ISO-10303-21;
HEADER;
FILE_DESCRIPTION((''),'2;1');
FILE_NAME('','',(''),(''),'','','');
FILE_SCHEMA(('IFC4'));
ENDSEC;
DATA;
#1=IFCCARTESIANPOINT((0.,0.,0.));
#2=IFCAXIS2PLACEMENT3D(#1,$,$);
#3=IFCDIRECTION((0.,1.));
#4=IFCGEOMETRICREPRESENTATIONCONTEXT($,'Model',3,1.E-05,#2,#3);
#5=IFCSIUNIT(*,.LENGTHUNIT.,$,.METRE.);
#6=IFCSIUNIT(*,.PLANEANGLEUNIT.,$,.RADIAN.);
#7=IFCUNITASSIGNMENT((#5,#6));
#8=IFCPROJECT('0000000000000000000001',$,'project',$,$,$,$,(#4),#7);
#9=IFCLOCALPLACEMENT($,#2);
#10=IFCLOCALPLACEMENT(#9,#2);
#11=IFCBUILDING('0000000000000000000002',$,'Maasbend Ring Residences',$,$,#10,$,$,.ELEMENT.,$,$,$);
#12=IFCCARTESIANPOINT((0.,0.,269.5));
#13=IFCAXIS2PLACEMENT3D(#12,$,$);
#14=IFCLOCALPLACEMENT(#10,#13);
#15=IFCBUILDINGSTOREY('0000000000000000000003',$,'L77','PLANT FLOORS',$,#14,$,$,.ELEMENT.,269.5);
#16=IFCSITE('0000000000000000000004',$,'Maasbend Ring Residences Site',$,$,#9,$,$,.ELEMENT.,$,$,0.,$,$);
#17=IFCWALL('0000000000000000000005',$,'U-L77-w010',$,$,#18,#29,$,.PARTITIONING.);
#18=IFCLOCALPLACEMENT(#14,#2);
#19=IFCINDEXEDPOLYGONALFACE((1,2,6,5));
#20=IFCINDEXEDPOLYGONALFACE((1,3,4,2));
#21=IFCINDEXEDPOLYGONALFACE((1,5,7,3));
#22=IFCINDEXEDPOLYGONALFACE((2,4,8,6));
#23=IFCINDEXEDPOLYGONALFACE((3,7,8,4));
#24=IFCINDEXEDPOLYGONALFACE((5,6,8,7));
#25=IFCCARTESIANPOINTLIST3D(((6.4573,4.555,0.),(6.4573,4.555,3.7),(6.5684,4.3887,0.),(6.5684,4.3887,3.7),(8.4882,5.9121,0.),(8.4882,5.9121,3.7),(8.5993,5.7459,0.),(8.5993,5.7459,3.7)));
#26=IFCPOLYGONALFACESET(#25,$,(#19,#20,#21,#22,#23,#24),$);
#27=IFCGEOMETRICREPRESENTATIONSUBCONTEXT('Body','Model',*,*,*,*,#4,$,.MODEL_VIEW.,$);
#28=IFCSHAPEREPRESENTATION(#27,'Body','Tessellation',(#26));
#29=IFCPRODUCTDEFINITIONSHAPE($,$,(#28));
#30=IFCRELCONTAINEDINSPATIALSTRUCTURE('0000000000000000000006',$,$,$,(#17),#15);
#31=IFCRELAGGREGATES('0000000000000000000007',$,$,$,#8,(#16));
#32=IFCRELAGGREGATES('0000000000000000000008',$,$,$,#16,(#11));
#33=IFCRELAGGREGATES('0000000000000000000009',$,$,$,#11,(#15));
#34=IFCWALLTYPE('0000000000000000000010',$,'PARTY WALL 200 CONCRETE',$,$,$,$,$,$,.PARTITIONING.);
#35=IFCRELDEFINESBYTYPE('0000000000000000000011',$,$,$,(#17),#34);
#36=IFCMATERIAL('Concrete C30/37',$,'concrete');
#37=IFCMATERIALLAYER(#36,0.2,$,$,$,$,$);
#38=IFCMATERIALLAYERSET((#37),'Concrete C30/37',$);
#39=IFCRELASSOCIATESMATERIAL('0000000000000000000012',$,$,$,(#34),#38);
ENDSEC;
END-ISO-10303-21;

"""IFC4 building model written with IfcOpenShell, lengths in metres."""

from ifc_helpers import new_model, si_unit, direction, frame, frame_2d, origin, place, context, subcontext, project, spatial, rectangle, extrude, material, layer, layer_set, type_object, element, save


model = new_model("IFC4")

# Units and contexts
model_context = context("Model", 3, precision=1e-05, world=origin(), true_north=direction((0.0, 1.0)))
body_context = subcontext(model_context, "Body", "Model", "MODEL_VIEW")
ifc_project = project(units=[si_unit("LENGTHUNIT", "METRE"), si_unit("PLANEANGLEUNIT", "RADIAN")], contexts=[model_context])

# Site, building, storey
site_placement = place(None, origin())
site = spatial("IfcSite", under=ifc_project, at=site_placement, Name="Maasbend Ring Residences Site", CompositionType="ELEMENT", RefElevation=0.0)
building_placement = place(site_placement, origin())
building = spatial("IfcBuilding", under=site, at=building_placement, Name="Maasbend Ring Residences", CompositionType="ELEMENT")
storey_placement = place(building_placement, frame((0.0, 0.0, 269.5)))
storey = spatial("IfcBuildingStorey", under=building, at=storey_placement, Name="L77", Description="PLANT FLOORS", CompositionType="ELEMENT", Elevation=269.5)

# Wall
ifc_material_1 = material(Name="Concrete C30/37", Category="concrete")
ifc_layer_1 = layer(ifc_material_1, 0.2)
ifc_layer_set_1 = layer_set([ifc_layer_1], Name="Concrete C30/37")
wall_type_1 = type_object("IfcWallType", Name="PARTY WALL 200 CONCRETE", PredefinedType="PARTITIONING", material=ifc_layer_set_1)
wall_1_placement = place(storey_placement, frame((6.5129, 4.4719, 0.0), z_axis=(0.0, 0.0, 1.0), x_axis=(0.83145, 0.555599, 0.0)))
element("IfcWall", 1, at=wall_1_placement, inside=storey, type_object=wall_type_1, Name="U-L77-w010", PredefinedType="PARTITIONING", context=body_context, shape_type="SweptSolid", body=[
    extrude(rectangle(XDim=2.4426, YDim=0.2, at=frame_2d((1.2212, 0.0))), origin(), (0.0, 0.0, 1.0), 3.7),
])

save(model, "model.ifc")
